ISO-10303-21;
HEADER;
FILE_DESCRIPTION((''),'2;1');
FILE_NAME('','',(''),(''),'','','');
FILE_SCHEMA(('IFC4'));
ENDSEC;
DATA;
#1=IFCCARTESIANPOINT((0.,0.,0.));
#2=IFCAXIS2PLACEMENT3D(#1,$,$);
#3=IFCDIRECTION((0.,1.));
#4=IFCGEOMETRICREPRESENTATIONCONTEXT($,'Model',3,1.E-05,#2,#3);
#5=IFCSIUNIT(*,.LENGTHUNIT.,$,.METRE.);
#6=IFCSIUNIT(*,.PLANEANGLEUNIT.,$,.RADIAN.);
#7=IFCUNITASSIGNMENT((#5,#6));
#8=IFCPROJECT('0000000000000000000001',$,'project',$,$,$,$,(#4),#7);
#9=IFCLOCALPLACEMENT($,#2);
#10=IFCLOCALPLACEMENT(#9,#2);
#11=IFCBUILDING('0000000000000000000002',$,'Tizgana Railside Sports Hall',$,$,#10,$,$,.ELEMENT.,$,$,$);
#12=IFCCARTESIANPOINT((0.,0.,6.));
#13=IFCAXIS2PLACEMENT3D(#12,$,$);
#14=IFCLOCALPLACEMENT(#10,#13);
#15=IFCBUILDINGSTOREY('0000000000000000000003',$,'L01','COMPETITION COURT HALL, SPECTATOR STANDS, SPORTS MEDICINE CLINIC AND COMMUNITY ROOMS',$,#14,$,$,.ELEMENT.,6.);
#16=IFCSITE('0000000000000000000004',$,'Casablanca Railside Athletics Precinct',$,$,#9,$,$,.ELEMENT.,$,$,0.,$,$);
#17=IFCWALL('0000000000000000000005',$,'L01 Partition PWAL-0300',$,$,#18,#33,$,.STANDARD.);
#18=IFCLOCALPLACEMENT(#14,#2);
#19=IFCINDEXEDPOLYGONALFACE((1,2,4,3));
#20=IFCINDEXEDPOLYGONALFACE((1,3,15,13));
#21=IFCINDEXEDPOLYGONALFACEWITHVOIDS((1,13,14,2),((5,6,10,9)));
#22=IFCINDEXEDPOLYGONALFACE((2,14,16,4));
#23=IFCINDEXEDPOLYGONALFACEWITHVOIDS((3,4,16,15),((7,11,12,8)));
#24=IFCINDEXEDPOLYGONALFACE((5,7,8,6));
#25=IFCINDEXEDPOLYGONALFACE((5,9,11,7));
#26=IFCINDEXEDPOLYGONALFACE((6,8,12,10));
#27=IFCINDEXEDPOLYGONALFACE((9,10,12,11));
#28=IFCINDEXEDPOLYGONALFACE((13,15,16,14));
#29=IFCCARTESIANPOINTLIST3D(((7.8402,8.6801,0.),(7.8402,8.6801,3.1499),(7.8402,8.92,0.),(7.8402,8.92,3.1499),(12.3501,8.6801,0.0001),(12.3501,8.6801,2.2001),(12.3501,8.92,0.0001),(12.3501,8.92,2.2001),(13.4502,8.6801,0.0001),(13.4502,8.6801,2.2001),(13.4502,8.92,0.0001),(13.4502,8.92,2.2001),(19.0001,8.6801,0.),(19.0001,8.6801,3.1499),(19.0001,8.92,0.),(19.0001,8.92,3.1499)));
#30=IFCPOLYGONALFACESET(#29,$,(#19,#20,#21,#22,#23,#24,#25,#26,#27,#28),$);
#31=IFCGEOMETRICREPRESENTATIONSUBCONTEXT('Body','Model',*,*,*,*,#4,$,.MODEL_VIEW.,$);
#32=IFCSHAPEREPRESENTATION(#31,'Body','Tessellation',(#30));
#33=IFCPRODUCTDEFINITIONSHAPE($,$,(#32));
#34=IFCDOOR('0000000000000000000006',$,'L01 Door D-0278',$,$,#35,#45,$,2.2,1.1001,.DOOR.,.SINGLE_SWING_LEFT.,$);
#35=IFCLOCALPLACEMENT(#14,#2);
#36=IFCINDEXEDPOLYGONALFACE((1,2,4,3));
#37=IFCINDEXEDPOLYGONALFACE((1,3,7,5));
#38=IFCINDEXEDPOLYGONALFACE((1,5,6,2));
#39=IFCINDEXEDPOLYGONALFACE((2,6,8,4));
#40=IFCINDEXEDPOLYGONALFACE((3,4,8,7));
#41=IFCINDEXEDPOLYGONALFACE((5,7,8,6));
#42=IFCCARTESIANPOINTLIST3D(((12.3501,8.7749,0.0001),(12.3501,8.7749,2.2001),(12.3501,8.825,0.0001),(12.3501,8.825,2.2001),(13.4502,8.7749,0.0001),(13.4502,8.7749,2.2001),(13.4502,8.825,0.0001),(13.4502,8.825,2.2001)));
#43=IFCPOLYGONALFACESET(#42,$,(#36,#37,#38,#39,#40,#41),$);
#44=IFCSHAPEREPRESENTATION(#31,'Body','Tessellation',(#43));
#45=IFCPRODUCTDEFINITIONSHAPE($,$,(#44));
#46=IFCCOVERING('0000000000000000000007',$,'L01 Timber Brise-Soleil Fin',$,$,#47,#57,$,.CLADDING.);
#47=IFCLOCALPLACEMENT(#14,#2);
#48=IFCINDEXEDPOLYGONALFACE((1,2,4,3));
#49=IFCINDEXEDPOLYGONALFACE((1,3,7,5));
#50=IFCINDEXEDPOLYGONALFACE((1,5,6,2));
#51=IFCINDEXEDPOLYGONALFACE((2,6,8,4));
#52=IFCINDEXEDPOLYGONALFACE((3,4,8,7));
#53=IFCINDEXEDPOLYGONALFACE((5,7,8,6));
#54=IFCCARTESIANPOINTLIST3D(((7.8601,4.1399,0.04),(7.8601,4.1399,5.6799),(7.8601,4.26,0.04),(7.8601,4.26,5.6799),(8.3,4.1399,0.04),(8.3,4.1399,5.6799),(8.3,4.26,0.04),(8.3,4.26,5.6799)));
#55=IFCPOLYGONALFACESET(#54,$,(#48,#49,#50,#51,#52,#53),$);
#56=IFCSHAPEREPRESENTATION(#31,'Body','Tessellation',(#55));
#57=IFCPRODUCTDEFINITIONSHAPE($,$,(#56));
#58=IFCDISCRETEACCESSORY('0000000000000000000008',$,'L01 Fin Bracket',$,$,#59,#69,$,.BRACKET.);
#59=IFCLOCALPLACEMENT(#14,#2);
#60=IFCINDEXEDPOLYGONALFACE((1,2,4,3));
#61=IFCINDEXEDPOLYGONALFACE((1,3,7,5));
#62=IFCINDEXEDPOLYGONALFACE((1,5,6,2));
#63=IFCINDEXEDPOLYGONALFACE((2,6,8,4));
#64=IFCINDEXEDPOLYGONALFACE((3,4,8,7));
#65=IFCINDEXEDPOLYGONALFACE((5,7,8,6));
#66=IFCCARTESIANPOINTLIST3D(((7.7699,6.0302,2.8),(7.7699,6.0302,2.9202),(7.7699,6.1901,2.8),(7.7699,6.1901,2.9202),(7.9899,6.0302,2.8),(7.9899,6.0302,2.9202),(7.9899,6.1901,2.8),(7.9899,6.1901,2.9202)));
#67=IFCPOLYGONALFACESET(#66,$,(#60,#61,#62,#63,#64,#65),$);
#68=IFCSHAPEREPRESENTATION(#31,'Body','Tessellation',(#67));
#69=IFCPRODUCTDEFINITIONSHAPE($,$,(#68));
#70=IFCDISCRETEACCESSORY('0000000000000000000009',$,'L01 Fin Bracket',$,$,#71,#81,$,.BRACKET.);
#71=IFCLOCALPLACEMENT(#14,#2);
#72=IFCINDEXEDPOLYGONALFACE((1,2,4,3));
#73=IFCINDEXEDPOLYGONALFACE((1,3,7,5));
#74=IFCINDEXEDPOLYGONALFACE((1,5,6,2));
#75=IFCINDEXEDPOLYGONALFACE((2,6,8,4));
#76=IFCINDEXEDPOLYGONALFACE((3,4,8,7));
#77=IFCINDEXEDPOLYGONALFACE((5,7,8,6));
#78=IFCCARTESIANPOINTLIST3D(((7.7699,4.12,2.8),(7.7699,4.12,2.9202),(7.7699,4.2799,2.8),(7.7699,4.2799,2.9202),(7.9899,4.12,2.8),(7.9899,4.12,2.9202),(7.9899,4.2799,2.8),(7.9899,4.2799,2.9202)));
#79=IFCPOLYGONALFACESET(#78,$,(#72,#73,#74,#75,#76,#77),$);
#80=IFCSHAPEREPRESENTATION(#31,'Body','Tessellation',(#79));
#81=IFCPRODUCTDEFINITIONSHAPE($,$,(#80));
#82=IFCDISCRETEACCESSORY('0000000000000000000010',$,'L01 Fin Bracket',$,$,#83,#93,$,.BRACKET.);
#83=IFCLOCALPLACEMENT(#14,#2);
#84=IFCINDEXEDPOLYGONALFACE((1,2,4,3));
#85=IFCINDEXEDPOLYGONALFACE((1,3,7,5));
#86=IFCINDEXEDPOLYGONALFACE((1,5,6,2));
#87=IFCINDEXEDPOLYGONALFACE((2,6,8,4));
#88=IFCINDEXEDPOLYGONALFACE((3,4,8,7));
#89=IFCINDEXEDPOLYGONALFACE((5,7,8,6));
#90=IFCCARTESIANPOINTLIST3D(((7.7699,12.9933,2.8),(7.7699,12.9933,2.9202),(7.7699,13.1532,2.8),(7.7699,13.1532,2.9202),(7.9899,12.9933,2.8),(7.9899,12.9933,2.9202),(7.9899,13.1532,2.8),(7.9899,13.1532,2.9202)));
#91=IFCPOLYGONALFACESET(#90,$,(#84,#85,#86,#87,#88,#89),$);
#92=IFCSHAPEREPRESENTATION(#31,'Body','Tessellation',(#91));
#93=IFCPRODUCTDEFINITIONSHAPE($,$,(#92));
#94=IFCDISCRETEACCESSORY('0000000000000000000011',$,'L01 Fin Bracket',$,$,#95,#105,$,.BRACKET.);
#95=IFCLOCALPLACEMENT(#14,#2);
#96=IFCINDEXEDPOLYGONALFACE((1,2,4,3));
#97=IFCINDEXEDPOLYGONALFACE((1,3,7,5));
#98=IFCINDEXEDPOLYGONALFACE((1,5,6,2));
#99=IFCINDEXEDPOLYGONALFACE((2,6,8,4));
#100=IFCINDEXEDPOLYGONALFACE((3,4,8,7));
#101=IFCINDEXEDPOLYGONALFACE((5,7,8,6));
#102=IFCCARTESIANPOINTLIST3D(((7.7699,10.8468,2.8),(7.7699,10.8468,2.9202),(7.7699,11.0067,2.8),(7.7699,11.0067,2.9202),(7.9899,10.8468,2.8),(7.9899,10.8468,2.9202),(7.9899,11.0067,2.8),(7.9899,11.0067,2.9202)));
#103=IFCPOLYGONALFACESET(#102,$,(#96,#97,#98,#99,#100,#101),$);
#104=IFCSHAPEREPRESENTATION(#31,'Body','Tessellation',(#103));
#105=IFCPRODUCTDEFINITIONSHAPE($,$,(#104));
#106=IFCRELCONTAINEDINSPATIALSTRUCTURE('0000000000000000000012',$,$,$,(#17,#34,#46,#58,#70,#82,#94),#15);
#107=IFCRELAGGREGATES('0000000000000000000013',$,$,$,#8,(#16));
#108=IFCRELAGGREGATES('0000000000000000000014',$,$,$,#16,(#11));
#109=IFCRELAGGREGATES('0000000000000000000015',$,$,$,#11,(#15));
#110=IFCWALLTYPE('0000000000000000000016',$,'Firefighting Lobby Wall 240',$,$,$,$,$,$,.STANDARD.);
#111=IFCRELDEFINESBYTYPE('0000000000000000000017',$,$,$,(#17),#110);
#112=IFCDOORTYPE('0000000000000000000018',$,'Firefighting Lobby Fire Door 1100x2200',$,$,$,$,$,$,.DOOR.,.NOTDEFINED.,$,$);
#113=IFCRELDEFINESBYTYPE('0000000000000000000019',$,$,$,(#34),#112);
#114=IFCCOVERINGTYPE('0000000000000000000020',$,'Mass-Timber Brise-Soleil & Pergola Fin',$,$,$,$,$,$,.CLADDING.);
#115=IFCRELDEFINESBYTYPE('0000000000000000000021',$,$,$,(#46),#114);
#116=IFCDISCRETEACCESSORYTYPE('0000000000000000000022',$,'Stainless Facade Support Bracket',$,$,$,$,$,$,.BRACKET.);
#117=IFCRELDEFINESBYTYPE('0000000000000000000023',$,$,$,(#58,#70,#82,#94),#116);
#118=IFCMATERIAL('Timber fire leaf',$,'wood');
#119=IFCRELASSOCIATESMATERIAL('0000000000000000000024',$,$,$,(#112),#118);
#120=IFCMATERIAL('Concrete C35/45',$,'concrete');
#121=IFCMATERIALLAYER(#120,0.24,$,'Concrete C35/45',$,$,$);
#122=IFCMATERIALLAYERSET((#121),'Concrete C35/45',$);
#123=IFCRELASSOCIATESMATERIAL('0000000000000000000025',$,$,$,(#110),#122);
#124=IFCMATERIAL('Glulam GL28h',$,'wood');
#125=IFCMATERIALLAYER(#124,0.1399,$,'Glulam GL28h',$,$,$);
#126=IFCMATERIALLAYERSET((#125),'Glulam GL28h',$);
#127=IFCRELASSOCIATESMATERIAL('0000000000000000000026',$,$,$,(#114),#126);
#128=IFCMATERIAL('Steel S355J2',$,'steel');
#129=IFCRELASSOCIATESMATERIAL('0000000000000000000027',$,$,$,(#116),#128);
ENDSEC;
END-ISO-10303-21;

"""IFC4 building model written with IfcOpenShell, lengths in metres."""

from ifc_helpers import new_model, si_unit, direction, frame, frame_2d, origin, origin_2d, place, context, subcontext, project, spatial, rectangle, extrude, material, layer, layer_set, type_object, element, fill, save


model = new_model("IFC4")

# Units and contexts
model_context = context("Model", 3, precision=1e-05, world=origin(), true_north=direction((0.0, 1.0)))
body_context = subcontext(model_context, "Body", "Model", "MODEL_VIEW")
ifc_project = project(units=[si_unit("LENGTHUNIT", "METRE"), si_unit("PLANEANGLEUNIT", "RADIAN")], contexts=[model_context])

# Site, building, storey
site_placement = place(None, origin())
site = spatial("IfcSite", under=ifc_project, at=site_placement, Name="Casablanca Railside Athletics Precinct", CompositionType="ELEMENT", RefElevation=0.0)
building_placement = place(site_placement, origin())
building = spatial("IfcBuilding", under=site, at=building_placement, Name="Tizgana Railside Sports Hall", CompositionType="ELEMENT")
storey_placement = place(building_placement, frame((0.0, 0.0, 6.0)))
storey = spatial("IfcBuildingStorey", under=building, at=storey_placement, Name="L01", Description="COMPETITION COURT HALL, SPECTATOR STANDS, SPORTS MEDICINE CLINIC AND COMMUNITY ROOMS", CompositionType="ELEMENT", Elevation=6.0)

# Wall, opening, door
ifc_material_1 = material(Name="Timber fire leaf", Category="wood")
door_type = type_object("IfcDoorType", Name="Firefighting Lobby Fire Door 1100x2200", OperationType="NOTDEFINED", PredefinedType="DOOR", material=ifc_material_1)
ifc_material_2 = material(Name="Concrete C35/45", Category="concrete")
ifc_layer_1 = layer(ifc_material_2, 0.24, Name="Concrete C35/45")
ifc_layer_set_1 = layer_set([ifc_layer_1], Name="Concrete C35/45")
wall_type_1 = type_object("IfcWallType", Name="Firefighting Lobby Wall 240", PredefinedType="STANDARD", material=ifc_layer_set_1)
wall_1_placement = place(storey_placement, frame((7.8401, 8.8, 0.0), z_axis=(0.0, 0.0, 1.0), x_axis=(1.0, 0.0, 0.0)))
wall_1 = element("IfcWall", 1, at=wall_1_placement, inside=storey, type_object=wall_type_1, Name="L01 Partition PWAL-0300", PredefinedType="STANDARD", context=body_context, shape_type="SweptSolid", body=[
    extrude(rectangle(XDim=11.1599, YDim=0.24, at=frame_2d((5.5801, 0.0))), origin(), (0.0, 0.0, 1.0), 3.1499),
])
opening_1_placement = place(wall_1_placement, frame((4.51, 0.0, 0.0)))
opening_1 = element("IfcOpeningElement", 2, at=opening_1_placement, cuts=wall_1, PredefinedType="OPENING", context=body_context, shape_type="SweptSolid", body=[
    extrude(rectangle(XDim=1.1001, YDim=2.2, at=frame_2d((0.55, 1.1001))), frame((0.0, 0.1299, 0.0), z_axis=(0.0, -1.0, 0.0), x_axis=(1.0, 0.0, 0.0)), (0.0, 0.0, 1.0), 0.26),
])
door_1_placement = place(opening_1_placement, origin())
door_1 = element("IfcDoor", 3, at=door_1_placement, inside=storey, type_object=door_type, Name="L01 Door D-0278", OperationType="SINGLE_SWING_LEFT", OverallHeight=2.2, OverallWidth=1.1001, PredefinedType="DOOR", context=body_context, shape_type="SweptSolid", body=[
    extrude(rectangle(XDim=1.1001, YDim=2.2, at=frame_2d((0.55, 1.1001))), frame((0.0, 0.0249, 0.0), z_axis=(0.0, -1.0, 0.0), x_axis=(1.0, 0.0, 0.0)), (0.0, 0.0, 1.0), 0.05),
])
fill(opening_1, door_1)

# Covering
ifc_material_3 = material(Name="Glulam GL28h", Category="wood")
ifc_layer_2 = layer(ifc_material_3, 0.1399, Name="Glulam GL28h")
ifc_layer_set_2 = layer_set([ifc_layer_2], Name="Glulam GL28h")
covering_type = type_object("IfcCoveringType", Name="Mass-Timber Brise-Soleil & Pergola Fin", PredefinedType="CLADDING", material=ifc_layer_set_2)
covering_placement = place(storey_placement, frame((8.0801, 4.2, 0.04), z_axis=(0.0, 0.0, 1.0), x_axis=(0.0, -1.0, 0.0)))
element("IfcCovering", 4, at=covering_placement, inside=storey, type_object=covering_type, Name="L01 Timber Brise-Soleil Fin", PredefinedType="CLADDING", context=body_context, shape_type="SweptSolid", body=[
    extrude(rectangle(XDim=0.1201, YDim=0.4399, at=origin_2d()), origin(), (0.0, 0.0, 1.0), 5.6399),
])

# Discrete accessories
ifc_material_4 = material(Name="Steel S355J2", Category="steel")
discrete_accessory_type = type_object("IfcDiscreteAccessoryType", Name="Stainless Facade Support Bracket", PredefinedType="BRACKET", material=ifc_material_4)
for number, where, z_axis, x_axis, name in (
    (5, (7.8799, 6.1101, 2.8), (0.0, 0.0, 1.0), (0.0, -1.0, 0.0), "L01 Fin Bracket"),
    (6, (7.8799, 4.2, 2.8), (0.0, 0.0, 1.0), (0.0, -1.0, 0.0), "L01 Fin Bracket"),
    (7, (7.8799, 13.0732, 2.8), (0.0, 0.0, 1.0), (0.0, -1.0, 0.0), "L01 Fin Bracket"),
    (8, (7.8799, 10.9268, 2.8), (0.0, 0.0, 1.0), (0.0, -1.0, 0.0), "L01 Fin Bracket"),
):
    element("IfcDiscreteAccessory", number, at=place(storey_placement, frame(where, z_axis=z_axis, x_axis=x_axis)), inside=storey, type_object=discrete_accessory_type, Name=name, PredefinedType="BRACKET", context=body_context, shape_type="SweptSolid", body=[
        extrude(rectangle(XDim=0.1599, YDim=0.22, at=origin_2d()), origin(), (0.0, 0.0, 1.0), 0.1201),
    ])

save(model, "model.ifc")
